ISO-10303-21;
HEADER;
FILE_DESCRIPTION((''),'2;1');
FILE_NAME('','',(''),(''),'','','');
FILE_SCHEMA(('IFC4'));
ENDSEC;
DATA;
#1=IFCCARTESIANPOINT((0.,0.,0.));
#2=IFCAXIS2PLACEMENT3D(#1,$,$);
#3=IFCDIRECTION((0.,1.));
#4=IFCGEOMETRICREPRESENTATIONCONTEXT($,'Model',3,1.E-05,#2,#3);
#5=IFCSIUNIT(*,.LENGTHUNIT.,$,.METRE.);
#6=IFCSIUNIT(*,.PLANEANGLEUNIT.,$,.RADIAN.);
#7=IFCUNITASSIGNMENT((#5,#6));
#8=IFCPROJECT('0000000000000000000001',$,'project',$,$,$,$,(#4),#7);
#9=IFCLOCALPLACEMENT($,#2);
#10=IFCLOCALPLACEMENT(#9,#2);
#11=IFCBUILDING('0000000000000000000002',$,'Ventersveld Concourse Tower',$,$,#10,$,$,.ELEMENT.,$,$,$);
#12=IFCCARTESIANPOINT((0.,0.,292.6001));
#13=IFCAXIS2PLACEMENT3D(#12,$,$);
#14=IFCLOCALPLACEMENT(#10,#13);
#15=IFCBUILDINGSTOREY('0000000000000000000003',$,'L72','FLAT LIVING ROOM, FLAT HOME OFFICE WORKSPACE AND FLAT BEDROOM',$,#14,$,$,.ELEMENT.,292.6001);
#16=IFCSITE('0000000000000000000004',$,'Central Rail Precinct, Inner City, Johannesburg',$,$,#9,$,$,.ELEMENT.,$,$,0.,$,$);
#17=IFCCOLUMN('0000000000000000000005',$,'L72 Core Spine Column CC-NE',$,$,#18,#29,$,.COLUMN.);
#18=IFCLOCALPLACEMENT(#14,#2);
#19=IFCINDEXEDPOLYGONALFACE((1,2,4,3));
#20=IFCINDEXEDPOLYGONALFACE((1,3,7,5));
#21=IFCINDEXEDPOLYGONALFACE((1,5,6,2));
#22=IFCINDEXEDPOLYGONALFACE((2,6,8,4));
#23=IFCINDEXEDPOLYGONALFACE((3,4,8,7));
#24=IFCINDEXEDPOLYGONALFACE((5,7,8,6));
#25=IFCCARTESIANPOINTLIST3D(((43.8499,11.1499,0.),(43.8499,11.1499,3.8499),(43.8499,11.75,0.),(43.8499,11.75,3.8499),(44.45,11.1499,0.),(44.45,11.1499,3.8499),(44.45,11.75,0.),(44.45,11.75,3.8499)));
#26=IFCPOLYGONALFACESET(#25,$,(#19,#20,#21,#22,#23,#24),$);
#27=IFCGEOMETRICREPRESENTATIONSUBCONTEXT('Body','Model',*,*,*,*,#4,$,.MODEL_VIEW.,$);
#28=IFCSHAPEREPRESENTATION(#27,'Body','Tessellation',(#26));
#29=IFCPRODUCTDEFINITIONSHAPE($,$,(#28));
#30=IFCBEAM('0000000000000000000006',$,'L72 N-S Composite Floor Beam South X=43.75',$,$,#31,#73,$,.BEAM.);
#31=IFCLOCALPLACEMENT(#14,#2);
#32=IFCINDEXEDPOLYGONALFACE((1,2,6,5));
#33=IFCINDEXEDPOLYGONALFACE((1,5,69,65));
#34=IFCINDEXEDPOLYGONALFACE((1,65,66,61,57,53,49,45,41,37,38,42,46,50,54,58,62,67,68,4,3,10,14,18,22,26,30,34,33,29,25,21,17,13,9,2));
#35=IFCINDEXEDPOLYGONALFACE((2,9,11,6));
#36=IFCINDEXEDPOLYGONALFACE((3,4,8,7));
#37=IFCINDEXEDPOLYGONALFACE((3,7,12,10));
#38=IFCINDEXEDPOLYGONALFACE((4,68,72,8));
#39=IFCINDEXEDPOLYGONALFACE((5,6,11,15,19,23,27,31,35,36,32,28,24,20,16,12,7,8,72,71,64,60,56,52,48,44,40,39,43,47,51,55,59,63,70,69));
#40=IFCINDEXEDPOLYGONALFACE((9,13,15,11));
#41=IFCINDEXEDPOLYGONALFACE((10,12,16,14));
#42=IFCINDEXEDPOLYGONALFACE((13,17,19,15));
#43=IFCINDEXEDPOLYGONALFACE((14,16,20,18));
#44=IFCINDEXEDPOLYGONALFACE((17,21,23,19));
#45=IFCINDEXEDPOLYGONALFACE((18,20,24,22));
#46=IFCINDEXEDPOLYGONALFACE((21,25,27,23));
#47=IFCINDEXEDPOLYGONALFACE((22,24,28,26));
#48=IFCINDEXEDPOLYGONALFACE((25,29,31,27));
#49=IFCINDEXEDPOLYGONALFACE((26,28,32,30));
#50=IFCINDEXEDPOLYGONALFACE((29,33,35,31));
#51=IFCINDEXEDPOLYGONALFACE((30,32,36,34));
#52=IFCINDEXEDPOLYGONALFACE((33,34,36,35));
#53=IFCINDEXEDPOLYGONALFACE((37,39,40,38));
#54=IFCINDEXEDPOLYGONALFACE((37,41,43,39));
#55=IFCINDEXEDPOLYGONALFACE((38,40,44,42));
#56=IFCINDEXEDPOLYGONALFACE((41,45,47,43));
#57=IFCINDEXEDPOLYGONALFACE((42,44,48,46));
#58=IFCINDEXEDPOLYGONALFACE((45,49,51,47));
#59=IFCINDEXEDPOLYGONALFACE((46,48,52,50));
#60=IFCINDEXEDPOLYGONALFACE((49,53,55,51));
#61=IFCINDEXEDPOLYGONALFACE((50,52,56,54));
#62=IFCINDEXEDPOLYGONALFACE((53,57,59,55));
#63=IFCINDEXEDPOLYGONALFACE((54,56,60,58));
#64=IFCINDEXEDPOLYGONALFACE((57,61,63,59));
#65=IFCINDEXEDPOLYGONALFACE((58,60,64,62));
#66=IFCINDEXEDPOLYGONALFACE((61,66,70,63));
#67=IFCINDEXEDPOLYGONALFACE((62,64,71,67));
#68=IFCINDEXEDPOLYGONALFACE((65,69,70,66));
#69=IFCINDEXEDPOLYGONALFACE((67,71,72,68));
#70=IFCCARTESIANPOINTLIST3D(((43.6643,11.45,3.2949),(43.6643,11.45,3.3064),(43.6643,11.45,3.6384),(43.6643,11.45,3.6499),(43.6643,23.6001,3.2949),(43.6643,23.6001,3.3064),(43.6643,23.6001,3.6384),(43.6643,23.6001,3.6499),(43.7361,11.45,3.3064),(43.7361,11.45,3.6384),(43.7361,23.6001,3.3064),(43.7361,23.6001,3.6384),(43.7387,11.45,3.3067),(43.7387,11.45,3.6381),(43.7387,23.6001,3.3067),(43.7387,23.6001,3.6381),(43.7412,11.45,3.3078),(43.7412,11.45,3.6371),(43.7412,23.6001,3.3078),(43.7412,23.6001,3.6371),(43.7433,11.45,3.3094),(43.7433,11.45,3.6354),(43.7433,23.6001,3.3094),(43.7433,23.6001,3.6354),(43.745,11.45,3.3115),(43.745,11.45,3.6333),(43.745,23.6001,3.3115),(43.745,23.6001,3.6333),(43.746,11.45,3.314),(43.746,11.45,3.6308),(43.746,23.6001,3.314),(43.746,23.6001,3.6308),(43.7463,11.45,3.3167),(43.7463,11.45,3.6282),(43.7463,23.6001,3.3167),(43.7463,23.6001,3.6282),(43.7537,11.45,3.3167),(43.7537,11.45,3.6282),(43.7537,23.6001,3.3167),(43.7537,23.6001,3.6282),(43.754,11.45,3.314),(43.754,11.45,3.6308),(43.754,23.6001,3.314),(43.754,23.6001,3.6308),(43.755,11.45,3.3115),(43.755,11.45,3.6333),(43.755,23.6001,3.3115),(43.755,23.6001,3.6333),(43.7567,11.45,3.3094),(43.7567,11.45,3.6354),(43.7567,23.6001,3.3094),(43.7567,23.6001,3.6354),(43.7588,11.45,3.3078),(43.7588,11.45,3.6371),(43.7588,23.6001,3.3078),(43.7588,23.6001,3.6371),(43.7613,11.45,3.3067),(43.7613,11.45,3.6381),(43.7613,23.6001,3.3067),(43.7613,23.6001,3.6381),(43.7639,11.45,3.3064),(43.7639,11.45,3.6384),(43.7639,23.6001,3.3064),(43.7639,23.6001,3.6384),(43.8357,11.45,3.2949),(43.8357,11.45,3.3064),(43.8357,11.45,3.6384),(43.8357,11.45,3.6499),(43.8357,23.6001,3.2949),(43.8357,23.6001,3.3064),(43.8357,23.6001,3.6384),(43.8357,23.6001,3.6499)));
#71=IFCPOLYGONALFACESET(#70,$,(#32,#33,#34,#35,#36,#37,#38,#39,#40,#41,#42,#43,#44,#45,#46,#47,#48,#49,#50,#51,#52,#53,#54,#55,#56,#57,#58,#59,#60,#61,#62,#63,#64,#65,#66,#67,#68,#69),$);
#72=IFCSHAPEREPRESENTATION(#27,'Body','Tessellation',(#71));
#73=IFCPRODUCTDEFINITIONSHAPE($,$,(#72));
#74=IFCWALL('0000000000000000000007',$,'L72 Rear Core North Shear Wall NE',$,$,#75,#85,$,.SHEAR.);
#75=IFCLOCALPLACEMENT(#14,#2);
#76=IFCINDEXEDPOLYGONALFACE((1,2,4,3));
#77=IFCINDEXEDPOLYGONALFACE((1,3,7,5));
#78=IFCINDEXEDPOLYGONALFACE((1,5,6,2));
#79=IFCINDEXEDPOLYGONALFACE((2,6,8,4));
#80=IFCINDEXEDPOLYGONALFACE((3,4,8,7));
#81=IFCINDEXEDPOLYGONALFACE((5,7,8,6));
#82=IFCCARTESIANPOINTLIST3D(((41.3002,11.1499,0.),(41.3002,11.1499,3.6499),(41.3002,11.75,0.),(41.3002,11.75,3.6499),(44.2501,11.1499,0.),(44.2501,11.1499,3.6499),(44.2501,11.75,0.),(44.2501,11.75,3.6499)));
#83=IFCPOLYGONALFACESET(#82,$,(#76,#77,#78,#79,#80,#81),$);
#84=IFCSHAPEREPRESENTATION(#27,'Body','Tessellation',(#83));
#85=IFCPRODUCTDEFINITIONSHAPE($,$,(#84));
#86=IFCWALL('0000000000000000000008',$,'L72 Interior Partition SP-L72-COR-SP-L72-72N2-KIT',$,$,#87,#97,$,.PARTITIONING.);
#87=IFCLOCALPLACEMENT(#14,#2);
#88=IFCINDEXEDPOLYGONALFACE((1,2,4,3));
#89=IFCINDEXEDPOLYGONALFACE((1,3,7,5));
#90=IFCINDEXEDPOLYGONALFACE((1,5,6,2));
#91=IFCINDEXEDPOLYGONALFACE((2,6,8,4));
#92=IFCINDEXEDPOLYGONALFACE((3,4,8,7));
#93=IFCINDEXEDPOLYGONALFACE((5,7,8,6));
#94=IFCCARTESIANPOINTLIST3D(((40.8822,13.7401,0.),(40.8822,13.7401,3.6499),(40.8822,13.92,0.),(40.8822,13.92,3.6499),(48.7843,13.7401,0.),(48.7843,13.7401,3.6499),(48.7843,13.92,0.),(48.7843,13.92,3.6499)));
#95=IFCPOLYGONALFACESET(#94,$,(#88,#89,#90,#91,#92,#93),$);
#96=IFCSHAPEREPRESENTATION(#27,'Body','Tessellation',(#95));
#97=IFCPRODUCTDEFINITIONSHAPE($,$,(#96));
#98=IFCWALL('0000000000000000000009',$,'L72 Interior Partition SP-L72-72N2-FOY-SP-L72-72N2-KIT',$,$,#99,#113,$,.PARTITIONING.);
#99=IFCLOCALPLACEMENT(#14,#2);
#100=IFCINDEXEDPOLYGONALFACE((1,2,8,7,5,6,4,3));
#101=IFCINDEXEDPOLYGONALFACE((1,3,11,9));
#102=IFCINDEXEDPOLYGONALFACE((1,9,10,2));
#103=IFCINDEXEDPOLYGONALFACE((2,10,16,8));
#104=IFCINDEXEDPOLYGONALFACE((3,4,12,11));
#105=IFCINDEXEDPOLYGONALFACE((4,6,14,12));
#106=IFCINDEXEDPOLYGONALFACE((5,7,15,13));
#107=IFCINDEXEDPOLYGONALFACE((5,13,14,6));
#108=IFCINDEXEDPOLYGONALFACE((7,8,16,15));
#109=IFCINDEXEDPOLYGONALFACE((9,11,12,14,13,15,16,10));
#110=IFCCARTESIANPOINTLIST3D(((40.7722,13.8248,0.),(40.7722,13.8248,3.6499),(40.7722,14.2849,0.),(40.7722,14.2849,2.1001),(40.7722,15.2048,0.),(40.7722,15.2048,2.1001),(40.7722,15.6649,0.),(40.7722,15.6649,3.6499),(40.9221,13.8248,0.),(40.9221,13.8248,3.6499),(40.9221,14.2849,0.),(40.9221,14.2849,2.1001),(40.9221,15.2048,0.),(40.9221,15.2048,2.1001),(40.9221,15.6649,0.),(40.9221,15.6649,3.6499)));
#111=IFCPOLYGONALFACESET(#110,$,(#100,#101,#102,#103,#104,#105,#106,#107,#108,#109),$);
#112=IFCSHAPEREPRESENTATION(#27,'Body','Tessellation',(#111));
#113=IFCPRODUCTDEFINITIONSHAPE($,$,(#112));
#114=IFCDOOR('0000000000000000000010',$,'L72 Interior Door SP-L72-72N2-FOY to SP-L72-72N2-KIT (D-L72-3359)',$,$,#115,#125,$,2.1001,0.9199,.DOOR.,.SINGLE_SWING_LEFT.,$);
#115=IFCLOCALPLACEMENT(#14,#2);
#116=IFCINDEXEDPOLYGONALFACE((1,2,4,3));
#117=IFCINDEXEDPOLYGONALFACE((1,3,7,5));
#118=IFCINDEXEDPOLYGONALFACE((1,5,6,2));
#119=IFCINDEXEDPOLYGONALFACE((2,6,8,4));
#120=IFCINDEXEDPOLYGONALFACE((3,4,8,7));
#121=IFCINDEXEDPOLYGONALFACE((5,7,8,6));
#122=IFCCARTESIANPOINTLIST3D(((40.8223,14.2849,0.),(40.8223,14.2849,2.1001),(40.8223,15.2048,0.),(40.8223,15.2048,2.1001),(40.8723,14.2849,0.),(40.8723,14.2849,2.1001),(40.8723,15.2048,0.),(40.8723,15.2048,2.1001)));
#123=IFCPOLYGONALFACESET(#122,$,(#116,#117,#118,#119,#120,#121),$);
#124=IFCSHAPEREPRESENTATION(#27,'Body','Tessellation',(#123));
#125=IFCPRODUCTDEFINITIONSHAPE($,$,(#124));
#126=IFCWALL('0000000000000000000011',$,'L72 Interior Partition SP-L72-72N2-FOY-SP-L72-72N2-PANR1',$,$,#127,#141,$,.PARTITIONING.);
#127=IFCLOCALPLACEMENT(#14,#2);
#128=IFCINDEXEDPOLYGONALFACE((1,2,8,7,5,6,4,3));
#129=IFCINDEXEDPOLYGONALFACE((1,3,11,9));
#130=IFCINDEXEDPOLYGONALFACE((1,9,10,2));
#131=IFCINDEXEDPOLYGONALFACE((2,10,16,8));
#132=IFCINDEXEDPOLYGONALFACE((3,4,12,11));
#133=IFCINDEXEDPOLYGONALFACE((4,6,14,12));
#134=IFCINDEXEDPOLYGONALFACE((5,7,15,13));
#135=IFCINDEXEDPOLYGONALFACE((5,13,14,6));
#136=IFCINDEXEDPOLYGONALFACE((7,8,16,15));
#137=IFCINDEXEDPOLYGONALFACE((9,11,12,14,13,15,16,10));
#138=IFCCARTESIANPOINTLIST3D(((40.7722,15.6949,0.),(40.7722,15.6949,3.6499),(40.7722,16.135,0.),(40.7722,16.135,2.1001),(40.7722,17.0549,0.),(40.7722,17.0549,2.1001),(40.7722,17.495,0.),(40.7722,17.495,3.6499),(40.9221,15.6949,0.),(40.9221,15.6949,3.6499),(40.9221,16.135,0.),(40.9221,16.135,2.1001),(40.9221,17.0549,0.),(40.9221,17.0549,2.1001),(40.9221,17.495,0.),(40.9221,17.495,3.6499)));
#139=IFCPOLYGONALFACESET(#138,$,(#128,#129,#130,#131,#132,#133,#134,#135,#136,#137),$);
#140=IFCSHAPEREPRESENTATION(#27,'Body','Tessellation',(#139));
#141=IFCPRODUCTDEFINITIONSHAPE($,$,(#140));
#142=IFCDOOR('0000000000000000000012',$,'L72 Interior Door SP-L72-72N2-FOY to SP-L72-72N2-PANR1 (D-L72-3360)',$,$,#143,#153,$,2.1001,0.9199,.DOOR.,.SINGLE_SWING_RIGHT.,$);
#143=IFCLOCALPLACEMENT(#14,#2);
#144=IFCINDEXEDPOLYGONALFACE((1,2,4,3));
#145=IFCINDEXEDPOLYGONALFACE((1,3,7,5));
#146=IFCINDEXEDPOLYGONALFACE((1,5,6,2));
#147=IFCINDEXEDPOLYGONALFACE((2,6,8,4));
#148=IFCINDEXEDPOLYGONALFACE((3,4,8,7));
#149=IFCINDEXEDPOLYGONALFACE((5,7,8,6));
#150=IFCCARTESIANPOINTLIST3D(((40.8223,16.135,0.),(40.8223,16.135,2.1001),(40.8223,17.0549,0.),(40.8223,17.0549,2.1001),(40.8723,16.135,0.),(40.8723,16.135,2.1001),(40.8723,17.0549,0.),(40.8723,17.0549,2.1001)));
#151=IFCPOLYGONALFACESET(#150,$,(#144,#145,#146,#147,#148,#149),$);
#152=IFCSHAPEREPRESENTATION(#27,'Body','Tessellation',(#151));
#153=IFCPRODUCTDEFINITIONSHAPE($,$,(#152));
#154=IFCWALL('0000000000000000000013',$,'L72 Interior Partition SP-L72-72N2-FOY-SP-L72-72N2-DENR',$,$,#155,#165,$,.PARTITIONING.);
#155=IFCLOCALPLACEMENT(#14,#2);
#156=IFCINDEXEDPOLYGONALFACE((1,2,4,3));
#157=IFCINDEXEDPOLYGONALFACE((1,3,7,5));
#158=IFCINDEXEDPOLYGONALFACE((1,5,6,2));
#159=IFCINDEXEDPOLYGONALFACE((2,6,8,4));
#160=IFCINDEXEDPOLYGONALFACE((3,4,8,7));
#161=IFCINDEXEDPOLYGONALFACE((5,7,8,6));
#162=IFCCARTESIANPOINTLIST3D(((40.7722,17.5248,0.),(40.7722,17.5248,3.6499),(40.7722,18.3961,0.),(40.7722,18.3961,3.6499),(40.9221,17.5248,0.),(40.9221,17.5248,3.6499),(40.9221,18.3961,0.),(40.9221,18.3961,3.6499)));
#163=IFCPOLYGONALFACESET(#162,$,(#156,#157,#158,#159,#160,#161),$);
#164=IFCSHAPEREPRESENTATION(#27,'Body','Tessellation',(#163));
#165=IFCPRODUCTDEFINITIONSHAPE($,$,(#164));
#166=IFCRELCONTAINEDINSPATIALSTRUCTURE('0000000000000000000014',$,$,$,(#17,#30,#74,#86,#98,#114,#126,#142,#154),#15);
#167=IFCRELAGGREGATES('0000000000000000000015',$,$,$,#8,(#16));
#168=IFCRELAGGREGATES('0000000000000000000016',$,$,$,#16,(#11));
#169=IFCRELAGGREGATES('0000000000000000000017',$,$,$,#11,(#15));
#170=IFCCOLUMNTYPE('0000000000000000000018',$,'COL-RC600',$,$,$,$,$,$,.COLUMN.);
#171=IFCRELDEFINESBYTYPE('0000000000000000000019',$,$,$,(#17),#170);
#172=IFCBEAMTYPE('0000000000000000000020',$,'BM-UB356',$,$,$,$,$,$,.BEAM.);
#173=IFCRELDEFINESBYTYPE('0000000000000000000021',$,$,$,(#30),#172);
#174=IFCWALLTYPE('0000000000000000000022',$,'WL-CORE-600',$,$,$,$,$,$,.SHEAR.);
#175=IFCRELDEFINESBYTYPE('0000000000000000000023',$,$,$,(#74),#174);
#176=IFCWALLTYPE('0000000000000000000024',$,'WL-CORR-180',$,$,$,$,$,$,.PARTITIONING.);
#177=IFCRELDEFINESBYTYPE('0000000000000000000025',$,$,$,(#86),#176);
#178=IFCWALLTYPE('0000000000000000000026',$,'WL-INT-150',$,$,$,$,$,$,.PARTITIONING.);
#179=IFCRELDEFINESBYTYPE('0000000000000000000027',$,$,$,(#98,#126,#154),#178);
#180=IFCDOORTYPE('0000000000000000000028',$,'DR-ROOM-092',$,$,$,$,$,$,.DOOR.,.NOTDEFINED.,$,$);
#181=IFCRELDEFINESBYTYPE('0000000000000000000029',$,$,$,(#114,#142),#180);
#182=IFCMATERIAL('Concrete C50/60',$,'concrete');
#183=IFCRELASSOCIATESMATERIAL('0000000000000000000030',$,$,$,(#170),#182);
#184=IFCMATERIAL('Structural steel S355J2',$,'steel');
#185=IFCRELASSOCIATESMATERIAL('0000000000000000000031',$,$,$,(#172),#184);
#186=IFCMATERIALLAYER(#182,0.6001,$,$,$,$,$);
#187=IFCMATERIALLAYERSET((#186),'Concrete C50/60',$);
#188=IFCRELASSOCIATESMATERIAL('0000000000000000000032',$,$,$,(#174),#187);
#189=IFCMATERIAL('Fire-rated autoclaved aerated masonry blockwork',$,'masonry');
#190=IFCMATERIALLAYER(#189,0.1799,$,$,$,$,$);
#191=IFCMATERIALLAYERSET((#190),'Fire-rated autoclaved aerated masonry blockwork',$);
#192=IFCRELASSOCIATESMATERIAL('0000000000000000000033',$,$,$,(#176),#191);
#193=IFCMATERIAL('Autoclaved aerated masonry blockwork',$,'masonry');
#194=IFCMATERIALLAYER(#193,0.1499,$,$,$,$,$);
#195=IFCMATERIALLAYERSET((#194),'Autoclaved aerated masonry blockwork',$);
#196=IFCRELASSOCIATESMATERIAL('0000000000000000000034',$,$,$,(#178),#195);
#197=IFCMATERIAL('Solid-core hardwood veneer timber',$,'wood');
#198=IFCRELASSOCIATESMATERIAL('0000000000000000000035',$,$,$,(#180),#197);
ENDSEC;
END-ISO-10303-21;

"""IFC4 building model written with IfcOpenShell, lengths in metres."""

from ifc_helpers import new_model, si_unit, direction, frame, frame_2d, origin, origin_2d, place, context, subcontext, project, spatial, rectangle, i_section, extrude, material, layer, layer_set, material_profile, profile_set, type_object, element, fill, save


model = new_model("IFC4")

# Units and contexts
model_context = context("Model", 3, precision=1e-05, world=origin(), true_north=direction((0.0, 1.0)))
body_context = subcontext(model_context, "Body", "Model", "MODEL_VIEW")
ifc_project = project(units=[si_unit("LENGTHUNIT", "METRE"), si_unit("PLANEANGLEUNIT", "RADIAN")], contexts=[model_context])

# Site, building, storey
site_placement = place(None, origin())
site = spatial("IfcSite", under=ifc_project, at=site_placement, Name="Central Rail Precinct, Inner City, Johannesburg", CompositionType="ELEMENT", RefElevation=0.0)
building_placement = place(site_placement, origin())
building = spatial("IfcBuilding", under=site, at=building_placement, Name="Ventersveld Concourse Tower", CompositionType="ELEMENT")
storey_placement = place(building_placement, frame((0.0, 0.0, 292.6001)))
storey = spatial("IfcBuildingStorey", under=building, at=storey_placement, Name="L72", Description="FLAT LIVING ROOM, FLAT HOME OFFICE WORKSPACE AND FLAT BEDROOM", CompositionType="ELEMENT", Elevation=292.6001)

# Column
ifc_material_1 = material(Name="Concrete C50/60", Category="concrete")
ifc_material_profile_1 = material_profile(ifc_material_1, rectangle(XDim=0.6001, YDim=0.6001, at=origin_2d()), Name="RC 600x600")
ifc_profile_set_1 = profile_set([ifc_material_profile_1], Name="Concrete C50/60")
column_type = type_object("IfcColumnType", Name="COL-RC600", PredefinedType="COLUMN", material=ifc_profile_set_1)
column_placement = place(storey_placement, frame((44.1499, 11.45, 0.0), z_axis=(0.0, 0.0, 1.0), x_axis=(1.0, 0.0, 0.0)))
element("IfcColumn", 1, at=column_placement, inside=storey, type_object=column_type, Name="L72 Core Spine Column CC-NE", PredefinedType="COLUMN", context=body_context, shape_type="SweptSolid", body=[
    extrude(rectangle(XDim=0.6001, YDim=0.6001, at=origin_2d()), origin(), (0.0, 0.0, 1.0), 3.8499),
])

# Beam
ifc_material_2 = material(Name="Structural steel S355J2", Category="steel")
ifc_material_profile_2 = material_profile(ifc_material_2, i_section(OverallWidth=0.1714, OverallDepth=0.355, WebThickness=0.0073, FlangeThickness=0.0115, FilletRadius=0.0103, at=origin_2d()), Name="UB 356x171x51")
ifc_profile_set_2 = profile_set([ifc_material_profile_2], Name="Structural steel S355J2")
beam_type = type_object("IfcBeamType", Name="BM-UB356", PredefinedType="BEAM", material=ifc_profile_set_2)
beam_placement = place(storey_placement, frame((43.75, 11.45, 3.4724), z_axis=(0.0, 1.0, 0.0), x_axis=(-1.0, 0.0, 0.0)))
element("IfcBeam", 2, at=beam_placement, inside=storey, type_object=beam_type, Name="L72 N-S Composite Floor Beam South X=43.75", PredefinedType="BEAM", context=body_context, shape_type="SweptSolid", body=[
    extrude(i_section(OverallWidth=0.1714, OverallDepth=0.355, WebThickness=0.0073, FlangeThickness=0.0115, FilletRadius=0.0103, at=origin_2d()), origin(), (0.0, 0.0, 1.0), 12.1501),
])

# Wall
ifc_layer_1 = layer(ifc_material_1, 0.6001)
ifc_layer_set_1 = layer_set([ifc_layer_1], Name="Concrete C50/60")
wall_type_1 = type_object("IfcWallType", Name="WL-CORE-600", PredefinedType="SHEAR", material=ifc_layer_set_1)
wall_1_placement = place(storey_placement, frame((41.3, 11.45, 0.0), z_axis=(0.0, 0.0, 1.0), x_axis=(1.0, 0.0, 0.0)))
element("IfcWall", 3, at=wall_1_placement, inside=storey, type_object=wall_type_1, Name="L72 Rear Core North Shear Wall NE", PredefinedType="SHEAR", context=body_context, shape_type="SweptSolid", body=[
    extrude(rectangle(XDim=2.95, YDim=0.6001, at=frame_2d((1.4751, 0.0))), origin(), (0.0, 0.0, 1.0), 3.6499),
])

# Shared definitions
ifc_material_3 = material(Name="Fire-rated autoclaved aerated masonry blockwork", Category="masonry")
ifc_layer_2 = layer(ifc_material_3, 0.1799)
ifc_layer_set_2 = layer_set([ifc_layer_2], Name="Fire-rated autoclaved aerated masonry blockwork")
wall_type_2 = type_object("IfcWallType", Name="WL-CORR-180", PredefinedType="PARTITIONING", material=ifc_layer_set_2)
ifc_material_4 = material(Name="Solid-core hardwood veneer timber", Category="wood")

# Wall
wall_2_placement = place(storey_placement, frame((40.8821, 13.8301, 0.0), z_axis=(0.0, 0.0, 1.0), x_axis=(1.0, 0.0, 0.0)))
element("IfcWall", 4, at=wall_2_placement, inside=storey, type_object=wall_type_2, Name="L72 Interior Partition SP-L72-COR-SP-L72-72N2-KIT", PredefinedType="PARTITIONING", context=body_context, shape_type="SweptSolid", body=[
    extrude(rectangle(XDim=7.9021, YDim=0.1799, at=frame_2d((3.9512, 0.0))), origin(), (0.0, 0.0, 1.0), 3.6499),
])

# Walls, openings, doors
ifc_material_5 = material(Name="Autoclaved aerated masonry blockwork", Category="masonry")
ifc_layer_3 = layer(ifc_material_5, 0.1499)
ifc_layer_set_3 = layer_set([ifc_layer_3], Name="Autoclaved aerated masonry blockwork")
wall_type_3 = type_object("IfcWallType", Name="WL-INT-150", PredefinedType="PARTITIONING", material=ifc_layer_set_3)
wall_3_placement = place(storey_placement, frame((40.8472, 13.825, 0.0), z_axis=(0.0, 0.0, 1.0), x_axis=(0.0, 1.0, 0.0)))
wall_3 = element("IfcWall", 5, at=wall_3_placement, inside=storey, type_object=wall_type_3, Name="L72 Interior Partition SP-L72-72N2-FOY-SP-L72-72N2-KIT", PredefinedType="PARTITIONING", context=body_context, shape_type="SweptSolid", body=[
    extrude(rectangle(XDim=1.8401, YDim=0.1499, at=frame_2d((0.9199, 0.0))), origin(), (0.0, 0.0, 1.0), 3.6499),
])
opening_1_placement = place(wall_3_placement, frame((0.46, 0.0, 0.0)))
opening_1 = element("IfcOpeningElement", 6, at=opening_1_placement, cuts=wall_3, PredefinedType="OPENING", context=body_context, shape_type="SweptSolid", body=[
    extrude(rectangle(XDim=0.9199, YDim=2.1001, at=frame_2d((0.46, 1.05))), frame((0.0, 0.085, 0.0), z_axis=(0.0, -1.0, 0.0), x_axis=(1.0, 0.0, 0.0)), (0.0, 0.0, 1.0), 0.1699),
])
door_type_1 = type_object("IfcDoorType", Name="DR-ROOM-092", OperationType="NOTDEFINED", PredefinedType="DOOR", material=ifc_material_4)
door_1_placement = place(opening_1_placement, origin())
door_1 = element("IfcDoor", 7, at=door_1_placement, inside=storey, type_object=door_type_1, Name="L72 Interior Door SP-L72-72N2-FOY to SP-L72-72N2-KIT (D-L72-3359)", OperationType="SINGLE_SWING_LEFT", OverallHeight=2.1001, OverallWidth=0.9199, PredefinedType="DOOR", context=body_context, shape_type="SweptSolid", body=[
    extrude(rectangle(XDim=0.9199, YDim=2.1001, at=frame_2d((0.46, 1.05))), frame((0.0, 0.0249, 0.0), z_axis=(0.0, -1.0, 0.0), x_axis=(1.0, 0.0, 0.0)), (0.0, 0.0, 1.0), 0.05),
])
fill(opening_1, door_1)
wall_4_placement = place(storey_placement, frame((40.8472, 15.6951, 0.0), z_axis=(0.0, 0.0, 1.0), x_axis=(0.0, 1.0, 0.0)))
wall_4 = element("IfcWall", 8, at=wall_4_placement, inside=storey, type_object=wall_type_3, Name="L72 Interior Partition SP-L72-72N2-FOY-SP-L72-72N2-PANR1", PredefinedType="PARTITIONING", context=body_context, shape_type="SweptSolid", body=[
    extrude(rectangle(XDim=1.8, YDim=0.1499, at=frame_2d((0.8999, 0.0))), origin(), (0.0, 0.0, 1.0), 3.6499),
])
opening_2_placement = place(wall_4_placement, frame((0.4399, 0.0, 0.0)))
opening_2 = element("IfcOpeningElement", 9, at=opening_2_placement, cuts=wall_4, PredefinedType="OPENING", context=body_context, shape_type="SweptSolid", body=[
    extrude(rectangle(XDim=0.9199, YDim=2.1001, at=frame_2d((0.46, 1.05))), frame((0.0, 0.085, 0.0), z_axis=(0.0, -1.0, 0.0), x_axis=(1.0, 0.0, 0.0)), (0.0, 0.0, 1.0), 0.1699),
])
door_2_placement = place(opening_2_placement, origin())
door_2 = element("IfcDoor", 10, at=door_2_placement, inside=storey, type_object=door_type_1, Name="L72 Interior Door SP-L72-72N2-FOY to SP-L72-72N2-PANR1 (D-L72-3360)", OperationType="SINGLE_SWING_RIGHT", OverallHeight=2.1001, OverallWidth=0.9199, PredefinedType="DOOR", context=body_context, shape_type="SweptSolid", body=[
    extrude(rectangle(XDim=0.9199, YDim=2.1001, at=frame_2d((0.46, 1.05))), frame((0.0, 0.0249, 0.0), z_axis=(0.0, -1.0, 0.0), x_axis=(1.0, 0.0, 0.0)), (0.0, 0.0, 1.0), 0.05),
])
fill(opening_2, door_2)

# Wall
wall_5_placement = place(storey_placement, frame((40.8472, 17.5249, 0.0), z_axis=(0.0, 0.0, 1.0), x_axis=(0.0, 1.0, 0.0)))
element("IfcWall", 11, at=wall_5_placement, inside=storey, type_object=wall_type_3, Name="L72 Interior Partition SP-L72-72N2-FOY-SP-L72-72N2-DENR", PredefinedType="PARTITIONING", context=body_context, shape_type="SweptSolid", body=[
    extrude(rectangle(XDim=0.8713, YDim=0.1499, at=frame_2d((0.4355, 0.0))), origin(), (0.0, 0.0, 1.0), 3.6499),
])

save(model, "model.ifc")
